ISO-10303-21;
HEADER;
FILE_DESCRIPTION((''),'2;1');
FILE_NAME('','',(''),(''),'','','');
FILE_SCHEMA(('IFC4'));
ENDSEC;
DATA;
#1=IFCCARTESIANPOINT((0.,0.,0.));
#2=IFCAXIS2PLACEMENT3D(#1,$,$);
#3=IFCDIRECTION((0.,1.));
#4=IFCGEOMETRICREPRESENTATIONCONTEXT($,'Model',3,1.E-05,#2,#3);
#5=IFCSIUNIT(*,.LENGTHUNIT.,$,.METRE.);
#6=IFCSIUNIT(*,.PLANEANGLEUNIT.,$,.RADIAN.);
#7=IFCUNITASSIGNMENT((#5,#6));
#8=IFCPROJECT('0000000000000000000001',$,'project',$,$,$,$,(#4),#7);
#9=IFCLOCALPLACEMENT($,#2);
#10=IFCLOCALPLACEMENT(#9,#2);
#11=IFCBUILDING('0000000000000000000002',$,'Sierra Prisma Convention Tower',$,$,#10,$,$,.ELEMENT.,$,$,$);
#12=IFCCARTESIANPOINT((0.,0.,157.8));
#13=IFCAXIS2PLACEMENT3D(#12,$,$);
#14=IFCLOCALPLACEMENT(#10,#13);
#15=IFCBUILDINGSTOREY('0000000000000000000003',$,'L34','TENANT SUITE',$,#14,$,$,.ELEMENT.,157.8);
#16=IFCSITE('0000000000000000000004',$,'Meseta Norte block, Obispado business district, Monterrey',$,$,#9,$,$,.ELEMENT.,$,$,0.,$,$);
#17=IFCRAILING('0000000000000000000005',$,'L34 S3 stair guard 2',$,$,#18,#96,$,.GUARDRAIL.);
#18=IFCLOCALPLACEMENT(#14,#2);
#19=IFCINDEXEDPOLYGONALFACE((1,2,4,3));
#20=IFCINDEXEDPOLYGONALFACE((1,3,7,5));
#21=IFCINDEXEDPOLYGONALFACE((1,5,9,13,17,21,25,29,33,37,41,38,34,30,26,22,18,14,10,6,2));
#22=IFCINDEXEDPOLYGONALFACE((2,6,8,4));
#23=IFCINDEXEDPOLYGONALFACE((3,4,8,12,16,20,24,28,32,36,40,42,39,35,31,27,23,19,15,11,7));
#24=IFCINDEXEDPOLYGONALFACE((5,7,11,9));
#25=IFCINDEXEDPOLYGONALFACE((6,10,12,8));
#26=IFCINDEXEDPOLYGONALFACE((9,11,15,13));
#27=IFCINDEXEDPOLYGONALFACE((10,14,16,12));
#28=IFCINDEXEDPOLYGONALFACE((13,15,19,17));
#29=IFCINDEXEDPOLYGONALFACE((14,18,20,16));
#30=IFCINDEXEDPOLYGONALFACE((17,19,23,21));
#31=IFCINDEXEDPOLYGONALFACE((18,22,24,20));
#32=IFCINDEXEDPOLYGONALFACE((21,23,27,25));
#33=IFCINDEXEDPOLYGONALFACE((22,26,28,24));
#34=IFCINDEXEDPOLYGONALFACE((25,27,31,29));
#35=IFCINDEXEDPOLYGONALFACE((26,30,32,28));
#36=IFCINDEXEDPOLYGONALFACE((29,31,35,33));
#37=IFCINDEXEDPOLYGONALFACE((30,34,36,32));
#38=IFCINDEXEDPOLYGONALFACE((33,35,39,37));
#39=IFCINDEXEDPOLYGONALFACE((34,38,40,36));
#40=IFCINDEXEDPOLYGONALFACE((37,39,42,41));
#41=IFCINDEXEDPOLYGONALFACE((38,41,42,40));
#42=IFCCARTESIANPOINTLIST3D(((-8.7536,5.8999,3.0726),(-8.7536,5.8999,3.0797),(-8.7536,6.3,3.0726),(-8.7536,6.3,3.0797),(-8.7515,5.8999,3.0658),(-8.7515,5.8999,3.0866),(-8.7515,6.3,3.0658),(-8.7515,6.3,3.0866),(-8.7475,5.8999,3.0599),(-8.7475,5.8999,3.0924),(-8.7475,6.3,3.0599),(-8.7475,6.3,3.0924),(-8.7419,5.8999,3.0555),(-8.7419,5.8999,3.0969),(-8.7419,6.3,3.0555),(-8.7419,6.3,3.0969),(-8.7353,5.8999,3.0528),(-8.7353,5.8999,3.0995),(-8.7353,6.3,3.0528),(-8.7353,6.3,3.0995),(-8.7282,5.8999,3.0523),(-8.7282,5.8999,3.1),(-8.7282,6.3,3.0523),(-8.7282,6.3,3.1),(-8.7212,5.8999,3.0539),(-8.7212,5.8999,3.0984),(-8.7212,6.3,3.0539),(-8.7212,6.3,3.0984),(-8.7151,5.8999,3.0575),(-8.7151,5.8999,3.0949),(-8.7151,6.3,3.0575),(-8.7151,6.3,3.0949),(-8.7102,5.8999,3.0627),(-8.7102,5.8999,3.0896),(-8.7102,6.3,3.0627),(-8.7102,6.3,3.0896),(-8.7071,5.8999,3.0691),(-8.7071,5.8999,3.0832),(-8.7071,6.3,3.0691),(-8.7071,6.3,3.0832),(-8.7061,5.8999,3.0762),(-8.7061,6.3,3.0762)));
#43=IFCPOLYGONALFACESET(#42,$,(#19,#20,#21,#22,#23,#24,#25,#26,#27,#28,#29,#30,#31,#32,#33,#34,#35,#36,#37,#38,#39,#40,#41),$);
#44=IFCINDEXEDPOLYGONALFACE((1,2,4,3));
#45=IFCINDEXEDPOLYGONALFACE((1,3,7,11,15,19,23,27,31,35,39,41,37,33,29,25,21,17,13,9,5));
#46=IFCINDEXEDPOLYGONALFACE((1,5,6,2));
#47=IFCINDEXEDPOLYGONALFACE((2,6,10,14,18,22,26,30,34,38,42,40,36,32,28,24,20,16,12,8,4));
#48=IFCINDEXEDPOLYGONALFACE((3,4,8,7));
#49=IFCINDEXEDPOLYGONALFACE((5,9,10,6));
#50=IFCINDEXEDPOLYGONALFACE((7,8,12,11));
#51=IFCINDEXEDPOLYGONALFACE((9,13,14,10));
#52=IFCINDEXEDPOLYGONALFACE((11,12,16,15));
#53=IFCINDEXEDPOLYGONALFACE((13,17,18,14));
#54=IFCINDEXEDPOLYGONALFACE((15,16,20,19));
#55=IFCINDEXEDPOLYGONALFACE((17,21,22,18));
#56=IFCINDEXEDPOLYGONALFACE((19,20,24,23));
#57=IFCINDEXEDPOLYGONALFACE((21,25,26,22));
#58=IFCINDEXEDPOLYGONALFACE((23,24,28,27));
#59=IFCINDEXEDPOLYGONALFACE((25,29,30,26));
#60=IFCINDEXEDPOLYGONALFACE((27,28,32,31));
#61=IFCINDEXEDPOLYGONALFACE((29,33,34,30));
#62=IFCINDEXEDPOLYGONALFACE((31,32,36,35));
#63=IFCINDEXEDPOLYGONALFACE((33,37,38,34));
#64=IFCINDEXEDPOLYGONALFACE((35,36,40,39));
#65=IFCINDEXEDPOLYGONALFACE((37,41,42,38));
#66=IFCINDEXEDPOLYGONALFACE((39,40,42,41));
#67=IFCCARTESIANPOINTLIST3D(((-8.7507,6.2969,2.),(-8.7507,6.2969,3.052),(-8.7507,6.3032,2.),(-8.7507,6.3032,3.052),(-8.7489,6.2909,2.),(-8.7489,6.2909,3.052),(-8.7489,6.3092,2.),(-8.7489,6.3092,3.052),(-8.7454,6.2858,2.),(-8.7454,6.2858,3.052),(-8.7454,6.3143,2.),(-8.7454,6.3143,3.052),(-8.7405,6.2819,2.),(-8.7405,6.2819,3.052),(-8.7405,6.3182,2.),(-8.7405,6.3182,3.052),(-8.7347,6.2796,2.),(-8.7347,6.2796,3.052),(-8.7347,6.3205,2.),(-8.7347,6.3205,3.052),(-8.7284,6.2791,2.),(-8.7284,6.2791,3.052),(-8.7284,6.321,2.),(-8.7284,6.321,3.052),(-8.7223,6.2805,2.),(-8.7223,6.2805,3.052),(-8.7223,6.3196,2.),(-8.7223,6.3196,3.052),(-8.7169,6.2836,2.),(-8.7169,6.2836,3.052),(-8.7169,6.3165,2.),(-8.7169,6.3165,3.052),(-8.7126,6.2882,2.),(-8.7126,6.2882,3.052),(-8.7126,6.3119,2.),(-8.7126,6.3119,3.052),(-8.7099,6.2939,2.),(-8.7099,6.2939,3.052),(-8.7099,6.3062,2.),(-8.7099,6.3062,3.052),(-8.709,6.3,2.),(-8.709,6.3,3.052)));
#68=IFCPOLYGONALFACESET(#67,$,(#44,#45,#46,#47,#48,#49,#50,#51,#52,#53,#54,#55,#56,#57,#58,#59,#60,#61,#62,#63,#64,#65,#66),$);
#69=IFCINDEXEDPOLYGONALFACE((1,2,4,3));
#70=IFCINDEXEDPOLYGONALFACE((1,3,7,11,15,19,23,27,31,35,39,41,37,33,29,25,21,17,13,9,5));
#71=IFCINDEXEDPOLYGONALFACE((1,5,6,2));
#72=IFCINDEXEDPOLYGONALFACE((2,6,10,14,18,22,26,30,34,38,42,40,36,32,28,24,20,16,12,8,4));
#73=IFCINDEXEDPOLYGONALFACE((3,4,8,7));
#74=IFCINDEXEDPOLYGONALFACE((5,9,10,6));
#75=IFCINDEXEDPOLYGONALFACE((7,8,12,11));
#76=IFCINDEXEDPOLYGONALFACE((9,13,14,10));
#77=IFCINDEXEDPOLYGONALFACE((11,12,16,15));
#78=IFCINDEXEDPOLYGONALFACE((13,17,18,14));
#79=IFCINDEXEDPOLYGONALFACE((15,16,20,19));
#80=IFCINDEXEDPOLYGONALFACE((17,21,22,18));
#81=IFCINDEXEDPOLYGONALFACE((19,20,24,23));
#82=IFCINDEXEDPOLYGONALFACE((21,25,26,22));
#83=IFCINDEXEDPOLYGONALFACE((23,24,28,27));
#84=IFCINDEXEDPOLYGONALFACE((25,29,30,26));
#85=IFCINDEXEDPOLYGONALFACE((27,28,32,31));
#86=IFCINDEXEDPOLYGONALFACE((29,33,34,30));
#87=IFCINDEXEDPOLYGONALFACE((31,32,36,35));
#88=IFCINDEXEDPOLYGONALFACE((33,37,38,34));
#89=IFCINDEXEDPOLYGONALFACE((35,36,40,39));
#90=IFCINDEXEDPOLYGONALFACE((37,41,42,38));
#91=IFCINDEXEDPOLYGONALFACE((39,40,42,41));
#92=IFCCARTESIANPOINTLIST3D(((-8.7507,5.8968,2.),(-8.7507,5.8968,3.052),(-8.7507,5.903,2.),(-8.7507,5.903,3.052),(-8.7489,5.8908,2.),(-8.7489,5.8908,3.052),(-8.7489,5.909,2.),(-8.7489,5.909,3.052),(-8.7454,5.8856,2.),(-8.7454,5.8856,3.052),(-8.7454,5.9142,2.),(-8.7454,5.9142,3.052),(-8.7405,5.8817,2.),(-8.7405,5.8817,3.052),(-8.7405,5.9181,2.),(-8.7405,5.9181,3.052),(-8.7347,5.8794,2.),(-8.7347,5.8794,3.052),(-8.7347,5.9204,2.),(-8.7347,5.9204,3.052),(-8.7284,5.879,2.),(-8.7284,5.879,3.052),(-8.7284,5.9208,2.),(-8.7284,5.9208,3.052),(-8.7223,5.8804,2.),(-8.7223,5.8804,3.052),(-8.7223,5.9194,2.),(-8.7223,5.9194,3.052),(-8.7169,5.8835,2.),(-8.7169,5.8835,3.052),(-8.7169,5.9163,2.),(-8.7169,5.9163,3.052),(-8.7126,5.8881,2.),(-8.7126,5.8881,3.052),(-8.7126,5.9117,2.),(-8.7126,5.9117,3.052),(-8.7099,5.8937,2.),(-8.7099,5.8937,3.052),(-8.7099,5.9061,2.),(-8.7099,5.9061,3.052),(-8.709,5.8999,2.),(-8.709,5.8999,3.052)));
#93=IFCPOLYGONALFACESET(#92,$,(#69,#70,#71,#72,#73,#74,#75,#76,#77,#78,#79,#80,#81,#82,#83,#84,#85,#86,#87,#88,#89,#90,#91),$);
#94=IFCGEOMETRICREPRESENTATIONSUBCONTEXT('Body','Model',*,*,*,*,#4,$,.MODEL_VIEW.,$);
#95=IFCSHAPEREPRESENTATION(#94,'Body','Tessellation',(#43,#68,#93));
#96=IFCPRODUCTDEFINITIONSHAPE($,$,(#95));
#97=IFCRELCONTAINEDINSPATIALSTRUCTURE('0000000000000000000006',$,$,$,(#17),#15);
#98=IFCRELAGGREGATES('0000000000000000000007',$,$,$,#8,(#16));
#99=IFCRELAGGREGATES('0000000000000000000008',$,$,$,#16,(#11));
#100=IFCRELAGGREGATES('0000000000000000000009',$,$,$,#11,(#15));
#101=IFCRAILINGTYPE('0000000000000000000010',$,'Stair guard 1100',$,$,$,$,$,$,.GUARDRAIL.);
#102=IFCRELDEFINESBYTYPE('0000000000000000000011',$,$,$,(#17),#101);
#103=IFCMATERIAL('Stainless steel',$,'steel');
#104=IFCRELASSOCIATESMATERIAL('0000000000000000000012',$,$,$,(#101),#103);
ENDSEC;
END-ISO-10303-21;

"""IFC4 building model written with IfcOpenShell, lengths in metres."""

from ifc_helpers import new_model, si_unit, direction, frame, origin, origin_2d, place, context, subcontext, project, spatial, circle, extrude, material, type_object, element, save


model = new_model("IFC4")

# Units and contexts
model_context = context("Model", 3, precision=1e-05, world=origin(), true_north=direction((0.0, 1.0)))
body_context = subcontext(model_context, "Body", "Model", "MODEL_VIEW")
ifc_project = project(units=[si_unit("LENGTHUNIT", "METRE"), si_unit("PLANEANGLEUNIT", "RADIAN")], contexts=[model_context])

# Site, building, storey
site_placement = place(None, origin())
site = spatial("IfcSite", under=ifc_project, at=site_placement, Name="Meseta Norte block, Obispado business district, Monterrey", CompositionType="ELEMENT", RefElevation=0.0)
building_placement = place(site_placement, origin())
building = spatial("IfcBuilding", under=site, at=building_placement, Name="Sierra Prisma Convention Tower", CompositionType="ELEMENT")
storey_placement = place(building_placement, frame((0.0, 0.0, 157.8)))
storey = spatial("IfcBuildingStorey", under=building, at=storey_placement, Name="L34", Description="TENANT SUITE", CompositionType="ELEMENT", Elevation=157.8)

# Railing
ifc_material_1 = material(Name="Stainless steel", Category="steel")
railing_type_1 = type_object("IfcRailingType", Name="Stair guard 1100", PredefinedType="GUARDRAIL", material=ifc_material_1)
railing_1_placement = place(storey_placement, frame((-8.73, 6.3, 2.0)))
element("IfcRailing", 1, at=railing_1_placement, inside=storey, type_object=railing_type_1, Name="L34 S3 stair guard 2", PredefinedType="GUARDRAIL", context=body_context, shape_type="SweptSolid", body=[
    extrude(circle(Radius=0.0239, at=origin_2d()), frame((0.0, 0.0, 1.0762), z_axis=(0.0, -1.0, 0.0), x_axis=(1.0, 0.0, 0.0)), (0.0, 0.0, 1.0), 0.4001),
    extrude(circle(Radius=0.021, at=origin_2d()), origin(), (0.0, 0.0, 1.0), 1.052),
    extrude(circle(Radius=0.021, at=origin_2d()), frame((0.0, -0.4001, 0.0)), (0.0, 0.0, 1.0), 1.052),
])

save(model, "model.ifc")
